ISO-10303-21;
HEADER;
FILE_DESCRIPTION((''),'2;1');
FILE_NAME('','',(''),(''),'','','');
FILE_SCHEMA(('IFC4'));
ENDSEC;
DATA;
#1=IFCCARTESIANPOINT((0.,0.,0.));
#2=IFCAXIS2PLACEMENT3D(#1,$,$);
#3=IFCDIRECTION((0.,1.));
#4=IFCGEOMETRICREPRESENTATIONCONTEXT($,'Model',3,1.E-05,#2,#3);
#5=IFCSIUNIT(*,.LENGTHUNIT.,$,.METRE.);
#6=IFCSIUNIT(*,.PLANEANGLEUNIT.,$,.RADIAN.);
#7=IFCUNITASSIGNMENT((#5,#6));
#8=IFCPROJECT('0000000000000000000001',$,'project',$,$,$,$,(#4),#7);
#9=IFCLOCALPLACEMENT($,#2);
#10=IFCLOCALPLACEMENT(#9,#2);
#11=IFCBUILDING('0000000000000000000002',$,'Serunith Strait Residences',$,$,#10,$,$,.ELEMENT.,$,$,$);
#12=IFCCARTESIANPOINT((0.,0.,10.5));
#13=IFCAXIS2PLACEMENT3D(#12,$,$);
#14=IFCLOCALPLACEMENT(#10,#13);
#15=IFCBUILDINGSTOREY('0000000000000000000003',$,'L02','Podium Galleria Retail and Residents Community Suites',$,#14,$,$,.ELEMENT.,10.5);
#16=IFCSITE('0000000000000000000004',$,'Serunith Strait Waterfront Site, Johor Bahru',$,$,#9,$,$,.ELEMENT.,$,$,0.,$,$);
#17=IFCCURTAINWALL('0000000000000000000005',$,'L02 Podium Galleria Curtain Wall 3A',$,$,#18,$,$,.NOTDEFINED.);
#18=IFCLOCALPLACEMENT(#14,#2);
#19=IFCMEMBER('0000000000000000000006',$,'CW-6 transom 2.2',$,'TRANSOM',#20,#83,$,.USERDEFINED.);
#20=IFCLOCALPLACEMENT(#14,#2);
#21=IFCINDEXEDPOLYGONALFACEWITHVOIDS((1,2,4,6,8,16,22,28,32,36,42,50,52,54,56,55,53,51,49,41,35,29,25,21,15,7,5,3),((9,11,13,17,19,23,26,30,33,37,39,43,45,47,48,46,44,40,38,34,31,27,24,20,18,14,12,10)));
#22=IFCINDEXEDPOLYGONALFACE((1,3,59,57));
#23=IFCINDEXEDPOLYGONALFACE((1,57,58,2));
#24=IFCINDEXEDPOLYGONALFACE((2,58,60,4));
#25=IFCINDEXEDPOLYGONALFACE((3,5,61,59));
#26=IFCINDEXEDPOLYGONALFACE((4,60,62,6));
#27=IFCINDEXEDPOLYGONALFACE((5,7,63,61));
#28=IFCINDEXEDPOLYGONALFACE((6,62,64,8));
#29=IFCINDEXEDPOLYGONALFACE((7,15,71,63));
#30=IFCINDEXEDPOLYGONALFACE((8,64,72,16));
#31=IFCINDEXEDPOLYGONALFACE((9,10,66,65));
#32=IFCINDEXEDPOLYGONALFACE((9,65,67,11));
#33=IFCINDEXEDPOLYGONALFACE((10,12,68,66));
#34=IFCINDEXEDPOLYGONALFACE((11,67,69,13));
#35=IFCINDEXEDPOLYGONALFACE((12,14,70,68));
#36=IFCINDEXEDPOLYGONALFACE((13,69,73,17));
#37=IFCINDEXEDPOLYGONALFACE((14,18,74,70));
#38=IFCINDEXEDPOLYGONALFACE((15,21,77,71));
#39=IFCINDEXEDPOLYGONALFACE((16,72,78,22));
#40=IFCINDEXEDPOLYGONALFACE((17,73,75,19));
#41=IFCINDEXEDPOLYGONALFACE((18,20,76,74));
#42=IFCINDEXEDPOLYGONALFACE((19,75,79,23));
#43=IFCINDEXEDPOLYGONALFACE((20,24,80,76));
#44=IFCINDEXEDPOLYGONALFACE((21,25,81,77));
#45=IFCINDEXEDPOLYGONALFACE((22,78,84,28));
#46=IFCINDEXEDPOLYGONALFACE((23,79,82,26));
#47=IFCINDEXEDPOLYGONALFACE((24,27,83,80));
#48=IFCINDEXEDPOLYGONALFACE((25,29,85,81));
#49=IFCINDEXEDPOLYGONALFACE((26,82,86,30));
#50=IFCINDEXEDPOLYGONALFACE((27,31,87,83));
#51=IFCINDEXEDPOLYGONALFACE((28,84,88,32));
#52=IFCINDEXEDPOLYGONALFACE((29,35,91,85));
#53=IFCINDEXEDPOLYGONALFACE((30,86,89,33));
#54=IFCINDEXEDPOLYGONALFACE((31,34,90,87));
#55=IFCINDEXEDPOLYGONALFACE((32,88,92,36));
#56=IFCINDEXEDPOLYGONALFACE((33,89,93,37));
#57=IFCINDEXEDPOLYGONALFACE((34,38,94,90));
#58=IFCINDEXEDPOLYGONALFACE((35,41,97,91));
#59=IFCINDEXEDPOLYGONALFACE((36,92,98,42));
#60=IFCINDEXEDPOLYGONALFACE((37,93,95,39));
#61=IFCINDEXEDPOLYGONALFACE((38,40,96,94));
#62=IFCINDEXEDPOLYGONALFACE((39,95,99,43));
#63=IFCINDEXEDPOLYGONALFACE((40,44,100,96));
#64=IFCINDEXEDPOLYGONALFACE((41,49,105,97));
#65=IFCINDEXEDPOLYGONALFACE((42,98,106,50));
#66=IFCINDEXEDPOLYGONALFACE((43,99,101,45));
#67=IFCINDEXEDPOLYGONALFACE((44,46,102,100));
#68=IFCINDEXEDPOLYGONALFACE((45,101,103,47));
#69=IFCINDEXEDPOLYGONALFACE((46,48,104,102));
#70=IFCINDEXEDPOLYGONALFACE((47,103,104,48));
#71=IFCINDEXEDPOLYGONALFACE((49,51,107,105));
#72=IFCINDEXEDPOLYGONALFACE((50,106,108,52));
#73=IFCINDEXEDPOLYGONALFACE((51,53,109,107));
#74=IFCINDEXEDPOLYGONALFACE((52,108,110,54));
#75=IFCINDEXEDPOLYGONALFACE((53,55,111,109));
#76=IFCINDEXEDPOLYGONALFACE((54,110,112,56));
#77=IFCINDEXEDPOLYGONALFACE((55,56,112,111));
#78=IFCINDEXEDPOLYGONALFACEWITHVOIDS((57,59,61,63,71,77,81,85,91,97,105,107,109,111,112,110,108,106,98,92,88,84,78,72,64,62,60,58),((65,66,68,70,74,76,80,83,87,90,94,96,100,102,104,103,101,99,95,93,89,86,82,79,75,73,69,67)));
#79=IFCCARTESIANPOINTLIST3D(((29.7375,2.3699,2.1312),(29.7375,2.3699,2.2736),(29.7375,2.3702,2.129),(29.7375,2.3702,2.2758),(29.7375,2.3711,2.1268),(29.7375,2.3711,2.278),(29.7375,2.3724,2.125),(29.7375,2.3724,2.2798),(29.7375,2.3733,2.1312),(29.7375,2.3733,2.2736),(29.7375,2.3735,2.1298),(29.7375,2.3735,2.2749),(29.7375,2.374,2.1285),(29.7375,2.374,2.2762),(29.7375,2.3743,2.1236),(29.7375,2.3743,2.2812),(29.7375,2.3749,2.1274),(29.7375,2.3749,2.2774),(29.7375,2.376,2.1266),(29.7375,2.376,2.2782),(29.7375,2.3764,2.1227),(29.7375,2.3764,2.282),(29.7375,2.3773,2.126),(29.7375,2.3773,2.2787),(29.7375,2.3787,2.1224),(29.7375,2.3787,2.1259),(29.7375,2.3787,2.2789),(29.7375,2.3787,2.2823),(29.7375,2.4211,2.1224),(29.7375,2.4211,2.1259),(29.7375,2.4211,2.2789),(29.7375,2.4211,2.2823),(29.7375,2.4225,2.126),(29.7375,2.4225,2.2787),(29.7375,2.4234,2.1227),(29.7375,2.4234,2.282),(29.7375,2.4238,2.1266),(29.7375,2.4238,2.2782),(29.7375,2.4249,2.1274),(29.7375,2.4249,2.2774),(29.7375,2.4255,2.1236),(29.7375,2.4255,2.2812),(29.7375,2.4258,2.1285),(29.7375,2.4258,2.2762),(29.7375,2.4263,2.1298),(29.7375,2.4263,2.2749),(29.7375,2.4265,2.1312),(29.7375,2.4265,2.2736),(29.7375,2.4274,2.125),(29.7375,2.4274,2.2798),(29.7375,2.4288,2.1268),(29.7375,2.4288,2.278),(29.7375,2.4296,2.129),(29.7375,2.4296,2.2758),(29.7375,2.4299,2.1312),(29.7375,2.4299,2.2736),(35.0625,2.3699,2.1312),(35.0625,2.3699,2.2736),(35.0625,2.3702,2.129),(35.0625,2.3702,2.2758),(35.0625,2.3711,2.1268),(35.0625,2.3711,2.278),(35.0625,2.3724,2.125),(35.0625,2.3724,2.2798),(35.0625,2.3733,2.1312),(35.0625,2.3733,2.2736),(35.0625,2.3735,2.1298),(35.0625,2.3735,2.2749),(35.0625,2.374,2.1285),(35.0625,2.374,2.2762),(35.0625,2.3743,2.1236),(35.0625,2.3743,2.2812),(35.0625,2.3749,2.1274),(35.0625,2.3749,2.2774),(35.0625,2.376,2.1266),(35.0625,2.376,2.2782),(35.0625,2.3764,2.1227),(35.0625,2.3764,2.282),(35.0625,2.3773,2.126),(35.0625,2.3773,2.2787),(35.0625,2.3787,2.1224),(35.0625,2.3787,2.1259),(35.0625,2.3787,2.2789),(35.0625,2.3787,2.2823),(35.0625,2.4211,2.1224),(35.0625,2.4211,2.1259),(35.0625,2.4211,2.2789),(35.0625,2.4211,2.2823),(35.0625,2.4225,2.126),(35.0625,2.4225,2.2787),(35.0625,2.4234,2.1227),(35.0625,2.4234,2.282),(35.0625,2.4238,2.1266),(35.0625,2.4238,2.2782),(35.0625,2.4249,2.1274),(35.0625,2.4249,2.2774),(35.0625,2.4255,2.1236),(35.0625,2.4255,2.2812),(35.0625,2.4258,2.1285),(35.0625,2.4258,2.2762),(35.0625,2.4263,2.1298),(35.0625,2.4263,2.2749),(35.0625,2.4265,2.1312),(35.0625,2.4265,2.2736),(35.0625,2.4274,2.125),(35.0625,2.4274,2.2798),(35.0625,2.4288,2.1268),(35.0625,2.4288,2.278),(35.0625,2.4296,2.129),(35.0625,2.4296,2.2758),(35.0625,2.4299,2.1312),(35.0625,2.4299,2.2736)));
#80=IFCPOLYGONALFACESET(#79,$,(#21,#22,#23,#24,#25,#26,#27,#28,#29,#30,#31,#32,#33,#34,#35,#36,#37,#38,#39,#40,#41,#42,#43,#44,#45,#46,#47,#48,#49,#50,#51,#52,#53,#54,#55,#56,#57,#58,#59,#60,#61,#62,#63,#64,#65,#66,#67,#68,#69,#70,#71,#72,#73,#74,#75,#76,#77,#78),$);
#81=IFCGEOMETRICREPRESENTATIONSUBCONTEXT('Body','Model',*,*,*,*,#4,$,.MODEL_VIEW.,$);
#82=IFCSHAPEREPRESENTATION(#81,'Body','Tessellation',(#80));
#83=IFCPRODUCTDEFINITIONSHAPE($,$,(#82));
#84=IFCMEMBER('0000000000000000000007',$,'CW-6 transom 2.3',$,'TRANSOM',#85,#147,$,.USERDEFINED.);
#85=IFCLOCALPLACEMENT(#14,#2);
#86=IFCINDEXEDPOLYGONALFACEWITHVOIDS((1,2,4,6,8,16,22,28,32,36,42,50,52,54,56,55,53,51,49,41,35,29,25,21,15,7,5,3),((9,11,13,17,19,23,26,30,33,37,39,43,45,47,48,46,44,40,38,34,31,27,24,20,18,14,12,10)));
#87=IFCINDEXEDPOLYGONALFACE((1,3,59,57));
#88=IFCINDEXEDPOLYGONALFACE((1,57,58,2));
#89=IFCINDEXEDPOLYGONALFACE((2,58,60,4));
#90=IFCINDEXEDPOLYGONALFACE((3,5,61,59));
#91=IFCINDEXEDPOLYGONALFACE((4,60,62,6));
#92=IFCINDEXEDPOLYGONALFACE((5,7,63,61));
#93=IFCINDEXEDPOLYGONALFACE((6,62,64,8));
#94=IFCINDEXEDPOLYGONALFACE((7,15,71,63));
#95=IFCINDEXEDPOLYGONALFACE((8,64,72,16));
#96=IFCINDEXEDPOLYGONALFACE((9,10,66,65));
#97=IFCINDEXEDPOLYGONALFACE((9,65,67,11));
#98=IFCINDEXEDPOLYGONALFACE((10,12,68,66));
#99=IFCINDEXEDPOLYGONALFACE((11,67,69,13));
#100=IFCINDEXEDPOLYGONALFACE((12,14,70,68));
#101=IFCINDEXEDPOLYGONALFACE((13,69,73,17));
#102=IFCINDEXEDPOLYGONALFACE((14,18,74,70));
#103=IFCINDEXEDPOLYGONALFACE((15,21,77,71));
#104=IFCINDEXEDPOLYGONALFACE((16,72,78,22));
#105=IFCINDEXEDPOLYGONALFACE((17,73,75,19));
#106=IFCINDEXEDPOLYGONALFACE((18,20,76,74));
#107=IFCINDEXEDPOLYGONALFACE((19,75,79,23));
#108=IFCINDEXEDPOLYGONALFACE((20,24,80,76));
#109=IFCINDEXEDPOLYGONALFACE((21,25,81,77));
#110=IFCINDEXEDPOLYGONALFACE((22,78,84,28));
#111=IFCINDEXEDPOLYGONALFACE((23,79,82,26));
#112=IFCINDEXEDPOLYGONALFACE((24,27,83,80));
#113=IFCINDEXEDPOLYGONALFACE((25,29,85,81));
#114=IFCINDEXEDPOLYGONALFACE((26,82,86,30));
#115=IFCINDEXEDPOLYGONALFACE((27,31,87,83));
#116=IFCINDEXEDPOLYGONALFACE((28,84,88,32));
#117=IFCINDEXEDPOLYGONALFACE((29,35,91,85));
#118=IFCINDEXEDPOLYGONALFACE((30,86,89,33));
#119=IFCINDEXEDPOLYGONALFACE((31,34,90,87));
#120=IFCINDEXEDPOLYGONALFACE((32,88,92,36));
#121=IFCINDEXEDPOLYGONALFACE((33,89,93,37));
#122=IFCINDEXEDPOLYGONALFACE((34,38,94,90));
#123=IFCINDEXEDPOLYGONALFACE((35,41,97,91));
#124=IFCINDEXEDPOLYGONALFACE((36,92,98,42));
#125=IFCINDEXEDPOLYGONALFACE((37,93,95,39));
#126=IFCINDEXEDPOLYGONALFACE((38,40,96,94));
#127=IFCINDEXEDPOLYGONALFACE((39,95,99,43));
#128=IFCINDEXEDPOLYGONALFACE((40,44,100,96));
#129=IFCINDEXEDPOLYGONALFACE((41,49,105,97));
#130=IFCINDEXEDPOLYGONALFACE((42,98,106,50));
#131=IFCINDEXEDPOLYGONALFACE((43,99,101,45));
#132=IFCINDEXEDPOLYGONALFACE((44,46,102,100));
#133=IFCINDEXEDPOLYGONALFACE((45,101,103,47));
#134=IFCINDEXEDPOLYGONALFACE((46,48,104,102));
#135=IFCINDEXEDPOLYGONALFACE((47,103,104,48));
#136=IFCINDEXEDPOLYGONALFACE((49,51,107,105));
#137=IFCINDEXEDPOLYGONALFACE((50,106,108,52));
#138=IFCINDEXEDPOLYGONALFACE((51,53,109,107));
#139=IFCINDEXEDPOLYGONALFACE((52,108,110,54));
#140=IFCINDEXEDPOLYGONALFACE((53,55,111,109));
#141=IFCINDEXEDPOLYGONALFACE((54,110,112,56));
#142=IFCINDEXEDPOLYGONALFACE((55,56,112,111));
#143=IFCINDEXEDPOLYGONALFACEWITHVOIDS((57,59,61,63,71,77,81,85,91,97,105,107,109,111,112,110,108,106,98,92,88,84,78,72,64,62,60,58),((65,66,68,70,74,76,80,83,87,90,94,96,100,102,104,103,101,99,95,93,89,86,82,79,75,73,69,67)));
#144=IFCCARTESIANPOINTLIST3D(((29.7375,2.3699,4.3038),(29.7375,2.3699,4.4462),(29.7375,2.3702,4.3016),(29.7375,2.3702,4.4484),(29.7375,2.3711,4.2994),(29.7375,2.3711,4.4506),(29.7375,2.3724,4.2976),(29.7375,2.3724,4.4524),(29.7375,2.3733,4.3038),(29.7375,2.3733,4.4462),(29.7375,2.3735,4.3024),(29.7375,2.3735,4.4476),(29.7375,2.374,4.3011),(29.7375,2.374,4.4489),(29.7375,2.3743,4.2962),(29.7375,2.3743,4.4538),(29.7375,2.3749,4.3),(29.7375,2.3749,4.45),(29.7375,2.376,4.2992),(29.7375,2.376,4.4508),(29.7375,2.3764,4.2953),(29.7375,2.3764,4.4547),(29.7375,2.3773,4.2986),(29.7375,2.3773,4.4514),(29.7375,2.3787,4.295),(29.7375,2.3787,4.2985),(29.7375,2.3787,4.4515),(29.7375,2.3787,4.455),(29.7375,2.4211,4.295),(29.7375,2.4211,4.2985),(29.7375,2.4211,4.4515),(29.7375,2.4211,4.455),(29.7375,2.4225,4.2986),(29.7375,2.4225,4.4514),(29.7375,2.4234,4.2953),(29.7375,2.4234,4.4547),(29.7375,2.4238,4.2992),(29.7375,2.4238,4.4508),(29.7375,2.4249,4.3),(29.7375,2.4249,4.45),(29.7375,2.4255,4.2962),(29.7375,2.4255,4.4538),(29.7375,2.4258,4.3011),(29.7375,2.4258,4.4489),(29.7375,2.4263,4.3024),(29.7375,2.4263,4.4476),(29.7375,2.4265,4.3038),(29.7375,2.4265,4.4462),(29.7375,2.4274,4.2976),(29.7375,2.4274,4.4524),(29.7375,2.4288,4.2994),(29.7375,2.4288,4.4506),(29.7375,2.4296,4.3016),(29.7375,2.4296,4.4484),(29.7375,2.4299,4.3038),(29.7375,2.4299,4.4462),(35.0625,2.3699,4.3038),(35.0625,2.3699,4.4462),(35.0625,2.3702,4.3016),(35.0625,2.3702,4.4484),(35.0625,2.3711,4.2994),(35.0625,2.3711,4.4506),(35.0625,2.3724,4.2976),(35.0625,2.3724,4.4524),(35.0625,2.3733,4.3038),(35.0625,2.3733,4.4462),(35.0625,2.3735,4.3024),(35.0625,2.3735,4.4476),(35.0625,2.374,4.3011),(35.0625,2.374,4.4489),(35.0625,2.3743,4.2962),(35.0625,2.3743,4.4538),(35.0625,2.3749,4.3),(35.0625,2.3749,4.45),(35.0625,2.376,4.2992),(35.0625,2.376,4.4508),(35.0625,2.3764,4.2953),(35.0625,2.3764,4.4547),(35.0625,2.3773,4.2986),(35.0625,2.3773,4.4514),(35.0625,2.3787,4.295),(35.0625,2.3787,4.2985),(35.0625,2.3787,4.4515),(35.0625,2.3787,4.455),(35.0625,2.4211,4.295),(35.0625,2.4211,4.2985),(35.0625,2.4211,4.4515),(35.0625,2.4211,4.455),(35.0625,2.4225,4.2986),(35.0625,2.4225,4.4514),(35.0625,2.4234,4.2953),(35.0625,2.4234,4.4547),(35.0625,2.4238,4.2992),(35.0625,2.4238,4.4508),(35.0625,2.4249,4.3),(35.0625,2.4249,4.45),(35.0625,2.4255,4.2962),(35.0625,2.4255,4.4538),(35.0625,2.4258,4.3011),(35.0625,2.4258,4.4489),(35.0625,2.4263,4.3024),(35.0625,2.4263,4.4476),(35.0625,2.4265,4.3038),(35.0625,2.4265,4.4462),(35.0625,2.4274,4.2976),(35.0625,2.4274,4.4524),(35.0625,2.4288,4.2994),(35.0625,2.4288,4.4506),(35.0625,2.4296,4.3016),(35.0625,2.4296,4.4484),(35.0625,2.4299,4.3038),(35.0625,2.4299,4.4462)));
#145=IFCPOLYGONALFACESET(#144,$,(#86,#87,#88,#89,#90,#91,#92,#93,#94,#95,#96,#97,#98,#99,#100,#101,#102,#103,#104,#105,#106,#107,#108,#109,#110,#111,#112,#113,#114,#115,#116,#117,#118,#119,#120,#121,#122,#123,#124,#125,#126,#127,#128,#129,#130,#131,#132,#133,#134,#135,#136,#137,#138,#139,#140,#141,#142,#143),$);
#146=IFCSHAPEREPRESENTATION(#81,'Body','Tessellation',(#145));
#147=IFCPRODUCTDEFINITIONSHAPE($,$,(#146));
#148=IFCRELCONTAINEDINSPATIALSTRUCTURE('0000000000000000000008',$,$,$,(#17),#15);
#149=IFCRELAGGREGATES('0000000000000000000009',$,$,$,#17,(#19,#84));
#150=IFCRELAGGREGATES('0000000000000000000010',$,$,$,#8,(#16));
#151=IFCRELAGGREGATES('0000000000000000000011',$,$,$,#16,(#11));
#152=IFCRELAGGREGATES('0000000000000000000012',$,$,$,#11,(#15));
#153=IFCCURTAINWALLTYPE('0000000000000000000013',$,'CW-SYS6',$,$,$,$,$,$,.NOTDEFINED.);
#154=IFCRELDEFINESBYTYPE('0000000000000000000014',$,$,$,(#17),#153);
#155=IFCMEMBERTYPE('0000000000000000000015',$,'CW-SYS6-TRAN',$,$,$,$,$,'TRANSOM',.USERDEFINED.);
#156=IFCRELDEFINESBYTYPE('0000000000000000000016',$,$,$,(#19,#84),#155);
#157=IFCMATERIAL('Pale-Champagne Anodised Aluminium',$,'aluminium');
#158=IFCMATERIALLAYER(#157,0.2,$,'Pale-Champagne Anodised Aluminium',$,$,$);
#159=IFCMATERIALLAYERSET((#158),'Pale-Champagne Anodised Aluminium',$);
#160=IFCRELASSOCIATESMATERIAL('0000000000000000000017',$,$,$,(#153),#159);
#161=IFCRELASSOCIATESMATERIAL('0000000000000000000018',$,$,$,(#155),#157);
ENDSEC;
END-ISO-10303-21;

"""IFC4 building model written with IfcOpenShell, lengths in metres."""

from ifc_helpers import new_model, si_unit, direction, frame, origin, origin_2d, place, context, subcontext, project, spatial, hollow_rectangle, extrude, source, transform, mapped, material, layer, layer_set, material_profile, profile_set, type_object, element, aggregate, save


model = new_model("IFC4")

# Units and contexts
model_context = context("Model", 3, precision=1e-05, world=origin(), true_north=direction((0.0, 1.0)))
body_context = subcontext(model_context, "Body", "Model", "MODEL_VIEW")
ifc_project = project(units=[si_unit("LENGTHUNIT", "METRE"), si_unit("PLANEANGLEUNIT", "RADIAN")], contexts=[model_context])

# Site, building, storey
site_placement = place(None, origin())
site = spatial("IfcSite", under=ifc_project, at=site_placement, Name="Serunith Strait Waterfront Site, Johor Bahru", CompositionType="ELEMENT", RefElevation=0.0)
building_placement = place(site_placement, origin())
building = spatial("IfcBuilding", under=site, at=building_placement, Name="Serunith Strait Residences", CompositionType="ELEMENT")
storey_placement = place(building_placement, frame((0.0, 0.0, 10.5)))
storey = spatial("IfcBuildingStorey", under=building, at=storey_placement, Name="L02", Description="Podium Galleria Retail and Residents Community Suites", CompositionType="ELEMENT", Elevation=10.5)

# Curtain wall, members
ifc_material_1 = material(Name="Pale-Champagne Anodised Aluminium", Category="aluminium")
ifc_layer_1 = layer(ifc_material_1, 0.2, Name="Pale-Champagne Anodised Aluminium")
ifc_layer_set_1 = layer_set([ifc_layer_1], Name="Pale-Champagne Anodised Aluminium")
curtain_wall_type = type_object("IfcCurtainWallType", Name="CW-SYS6", PredefinedType="NOTDEFINED", material=ifc_layer_set_1)
curtain_wall_placement = place(storey_placement, origin())
curtain_wall = element("IfcCurtainWall", 1, at=curtain_wall_placement, inside=storey, type_object=curtain_wall_type, Name="L02 Podium Galleria Curtain Wall 3A", PredefinedType="NOTDEFINED")
ifc_material_profile_1 = material_profile(ifc_material_1, hollow_rectangle(XDim=0.0601, YDim=0.1599, WallThickness=0.0034, InnerFilletRadius=0.0054, OuterFilletRadius=0.0088, at=origin_2d()), Name="ALU 160x60x3.5")
ifc_profile_set_1 = profile_set([ifc_material_profile_1], Name="Pale-Champagne Anodised Aluminium")
member_type_1 = type_object("IfcMemberType", Name="CW-SYS6-TRAN", ElementType="TRANSOM", PredefinedType="USERDEFINED", material=ifc_profile_set_1)
shared_shape_1 = source(origin(), body_context, "Body", "SweptSolid", [
    extrude(hollow_rectangle(XDim=0.0601, YDim=0.1599, WallThickness=0.0034, InnerFilletRadius=0.0054, OuterFilletRadius=0.0088, at=origin_2d()), origin(), (0.0, 0.0, 1.0), 5.325),
])
member_1_placement = place(storey_placement, frame((29.7375, 2.3999, 2.2024), z_axis=(1.0, 0.0, 0.0), x_axis=(0.0, 1.0, 0.0)))
member_1 = element("IfcMember", 2, at=member_1_placement, type_object=member_type_1, Name="CW-6 transom 2.2", ObjectType="TRANSOM", PredefinedType="USERDEFINED", context=body_context, shape_type="MappedRepresentation", body=[
    mapped(shared_shape_1, transform((0.0, 0.0, 0.0), scale=1.0)),
])
member_2_placement = place(storey_placement, frame((29.7375, 2.3999, 4.375), z_axis=(1.0, 0.0, 0.0), x_axis=(0.0, 1.0, 0.0)))
member_2 = element("IfcMember", 3, at=member_2_placement, type_object=member_type_1, Name="CW-6 transom 2.3", ObjectType="TRANSOM", PredefinedType="USERDEFINED", context=body_context, shape_type="MappedRepresentation", body=[
    mapped(shared_shape_1, transform((0.0, 0.0, 0.0), scale=1.0)),
])
aggregate(curtain_wall, [member_1, member_2])

save(model, "model.ifc")
